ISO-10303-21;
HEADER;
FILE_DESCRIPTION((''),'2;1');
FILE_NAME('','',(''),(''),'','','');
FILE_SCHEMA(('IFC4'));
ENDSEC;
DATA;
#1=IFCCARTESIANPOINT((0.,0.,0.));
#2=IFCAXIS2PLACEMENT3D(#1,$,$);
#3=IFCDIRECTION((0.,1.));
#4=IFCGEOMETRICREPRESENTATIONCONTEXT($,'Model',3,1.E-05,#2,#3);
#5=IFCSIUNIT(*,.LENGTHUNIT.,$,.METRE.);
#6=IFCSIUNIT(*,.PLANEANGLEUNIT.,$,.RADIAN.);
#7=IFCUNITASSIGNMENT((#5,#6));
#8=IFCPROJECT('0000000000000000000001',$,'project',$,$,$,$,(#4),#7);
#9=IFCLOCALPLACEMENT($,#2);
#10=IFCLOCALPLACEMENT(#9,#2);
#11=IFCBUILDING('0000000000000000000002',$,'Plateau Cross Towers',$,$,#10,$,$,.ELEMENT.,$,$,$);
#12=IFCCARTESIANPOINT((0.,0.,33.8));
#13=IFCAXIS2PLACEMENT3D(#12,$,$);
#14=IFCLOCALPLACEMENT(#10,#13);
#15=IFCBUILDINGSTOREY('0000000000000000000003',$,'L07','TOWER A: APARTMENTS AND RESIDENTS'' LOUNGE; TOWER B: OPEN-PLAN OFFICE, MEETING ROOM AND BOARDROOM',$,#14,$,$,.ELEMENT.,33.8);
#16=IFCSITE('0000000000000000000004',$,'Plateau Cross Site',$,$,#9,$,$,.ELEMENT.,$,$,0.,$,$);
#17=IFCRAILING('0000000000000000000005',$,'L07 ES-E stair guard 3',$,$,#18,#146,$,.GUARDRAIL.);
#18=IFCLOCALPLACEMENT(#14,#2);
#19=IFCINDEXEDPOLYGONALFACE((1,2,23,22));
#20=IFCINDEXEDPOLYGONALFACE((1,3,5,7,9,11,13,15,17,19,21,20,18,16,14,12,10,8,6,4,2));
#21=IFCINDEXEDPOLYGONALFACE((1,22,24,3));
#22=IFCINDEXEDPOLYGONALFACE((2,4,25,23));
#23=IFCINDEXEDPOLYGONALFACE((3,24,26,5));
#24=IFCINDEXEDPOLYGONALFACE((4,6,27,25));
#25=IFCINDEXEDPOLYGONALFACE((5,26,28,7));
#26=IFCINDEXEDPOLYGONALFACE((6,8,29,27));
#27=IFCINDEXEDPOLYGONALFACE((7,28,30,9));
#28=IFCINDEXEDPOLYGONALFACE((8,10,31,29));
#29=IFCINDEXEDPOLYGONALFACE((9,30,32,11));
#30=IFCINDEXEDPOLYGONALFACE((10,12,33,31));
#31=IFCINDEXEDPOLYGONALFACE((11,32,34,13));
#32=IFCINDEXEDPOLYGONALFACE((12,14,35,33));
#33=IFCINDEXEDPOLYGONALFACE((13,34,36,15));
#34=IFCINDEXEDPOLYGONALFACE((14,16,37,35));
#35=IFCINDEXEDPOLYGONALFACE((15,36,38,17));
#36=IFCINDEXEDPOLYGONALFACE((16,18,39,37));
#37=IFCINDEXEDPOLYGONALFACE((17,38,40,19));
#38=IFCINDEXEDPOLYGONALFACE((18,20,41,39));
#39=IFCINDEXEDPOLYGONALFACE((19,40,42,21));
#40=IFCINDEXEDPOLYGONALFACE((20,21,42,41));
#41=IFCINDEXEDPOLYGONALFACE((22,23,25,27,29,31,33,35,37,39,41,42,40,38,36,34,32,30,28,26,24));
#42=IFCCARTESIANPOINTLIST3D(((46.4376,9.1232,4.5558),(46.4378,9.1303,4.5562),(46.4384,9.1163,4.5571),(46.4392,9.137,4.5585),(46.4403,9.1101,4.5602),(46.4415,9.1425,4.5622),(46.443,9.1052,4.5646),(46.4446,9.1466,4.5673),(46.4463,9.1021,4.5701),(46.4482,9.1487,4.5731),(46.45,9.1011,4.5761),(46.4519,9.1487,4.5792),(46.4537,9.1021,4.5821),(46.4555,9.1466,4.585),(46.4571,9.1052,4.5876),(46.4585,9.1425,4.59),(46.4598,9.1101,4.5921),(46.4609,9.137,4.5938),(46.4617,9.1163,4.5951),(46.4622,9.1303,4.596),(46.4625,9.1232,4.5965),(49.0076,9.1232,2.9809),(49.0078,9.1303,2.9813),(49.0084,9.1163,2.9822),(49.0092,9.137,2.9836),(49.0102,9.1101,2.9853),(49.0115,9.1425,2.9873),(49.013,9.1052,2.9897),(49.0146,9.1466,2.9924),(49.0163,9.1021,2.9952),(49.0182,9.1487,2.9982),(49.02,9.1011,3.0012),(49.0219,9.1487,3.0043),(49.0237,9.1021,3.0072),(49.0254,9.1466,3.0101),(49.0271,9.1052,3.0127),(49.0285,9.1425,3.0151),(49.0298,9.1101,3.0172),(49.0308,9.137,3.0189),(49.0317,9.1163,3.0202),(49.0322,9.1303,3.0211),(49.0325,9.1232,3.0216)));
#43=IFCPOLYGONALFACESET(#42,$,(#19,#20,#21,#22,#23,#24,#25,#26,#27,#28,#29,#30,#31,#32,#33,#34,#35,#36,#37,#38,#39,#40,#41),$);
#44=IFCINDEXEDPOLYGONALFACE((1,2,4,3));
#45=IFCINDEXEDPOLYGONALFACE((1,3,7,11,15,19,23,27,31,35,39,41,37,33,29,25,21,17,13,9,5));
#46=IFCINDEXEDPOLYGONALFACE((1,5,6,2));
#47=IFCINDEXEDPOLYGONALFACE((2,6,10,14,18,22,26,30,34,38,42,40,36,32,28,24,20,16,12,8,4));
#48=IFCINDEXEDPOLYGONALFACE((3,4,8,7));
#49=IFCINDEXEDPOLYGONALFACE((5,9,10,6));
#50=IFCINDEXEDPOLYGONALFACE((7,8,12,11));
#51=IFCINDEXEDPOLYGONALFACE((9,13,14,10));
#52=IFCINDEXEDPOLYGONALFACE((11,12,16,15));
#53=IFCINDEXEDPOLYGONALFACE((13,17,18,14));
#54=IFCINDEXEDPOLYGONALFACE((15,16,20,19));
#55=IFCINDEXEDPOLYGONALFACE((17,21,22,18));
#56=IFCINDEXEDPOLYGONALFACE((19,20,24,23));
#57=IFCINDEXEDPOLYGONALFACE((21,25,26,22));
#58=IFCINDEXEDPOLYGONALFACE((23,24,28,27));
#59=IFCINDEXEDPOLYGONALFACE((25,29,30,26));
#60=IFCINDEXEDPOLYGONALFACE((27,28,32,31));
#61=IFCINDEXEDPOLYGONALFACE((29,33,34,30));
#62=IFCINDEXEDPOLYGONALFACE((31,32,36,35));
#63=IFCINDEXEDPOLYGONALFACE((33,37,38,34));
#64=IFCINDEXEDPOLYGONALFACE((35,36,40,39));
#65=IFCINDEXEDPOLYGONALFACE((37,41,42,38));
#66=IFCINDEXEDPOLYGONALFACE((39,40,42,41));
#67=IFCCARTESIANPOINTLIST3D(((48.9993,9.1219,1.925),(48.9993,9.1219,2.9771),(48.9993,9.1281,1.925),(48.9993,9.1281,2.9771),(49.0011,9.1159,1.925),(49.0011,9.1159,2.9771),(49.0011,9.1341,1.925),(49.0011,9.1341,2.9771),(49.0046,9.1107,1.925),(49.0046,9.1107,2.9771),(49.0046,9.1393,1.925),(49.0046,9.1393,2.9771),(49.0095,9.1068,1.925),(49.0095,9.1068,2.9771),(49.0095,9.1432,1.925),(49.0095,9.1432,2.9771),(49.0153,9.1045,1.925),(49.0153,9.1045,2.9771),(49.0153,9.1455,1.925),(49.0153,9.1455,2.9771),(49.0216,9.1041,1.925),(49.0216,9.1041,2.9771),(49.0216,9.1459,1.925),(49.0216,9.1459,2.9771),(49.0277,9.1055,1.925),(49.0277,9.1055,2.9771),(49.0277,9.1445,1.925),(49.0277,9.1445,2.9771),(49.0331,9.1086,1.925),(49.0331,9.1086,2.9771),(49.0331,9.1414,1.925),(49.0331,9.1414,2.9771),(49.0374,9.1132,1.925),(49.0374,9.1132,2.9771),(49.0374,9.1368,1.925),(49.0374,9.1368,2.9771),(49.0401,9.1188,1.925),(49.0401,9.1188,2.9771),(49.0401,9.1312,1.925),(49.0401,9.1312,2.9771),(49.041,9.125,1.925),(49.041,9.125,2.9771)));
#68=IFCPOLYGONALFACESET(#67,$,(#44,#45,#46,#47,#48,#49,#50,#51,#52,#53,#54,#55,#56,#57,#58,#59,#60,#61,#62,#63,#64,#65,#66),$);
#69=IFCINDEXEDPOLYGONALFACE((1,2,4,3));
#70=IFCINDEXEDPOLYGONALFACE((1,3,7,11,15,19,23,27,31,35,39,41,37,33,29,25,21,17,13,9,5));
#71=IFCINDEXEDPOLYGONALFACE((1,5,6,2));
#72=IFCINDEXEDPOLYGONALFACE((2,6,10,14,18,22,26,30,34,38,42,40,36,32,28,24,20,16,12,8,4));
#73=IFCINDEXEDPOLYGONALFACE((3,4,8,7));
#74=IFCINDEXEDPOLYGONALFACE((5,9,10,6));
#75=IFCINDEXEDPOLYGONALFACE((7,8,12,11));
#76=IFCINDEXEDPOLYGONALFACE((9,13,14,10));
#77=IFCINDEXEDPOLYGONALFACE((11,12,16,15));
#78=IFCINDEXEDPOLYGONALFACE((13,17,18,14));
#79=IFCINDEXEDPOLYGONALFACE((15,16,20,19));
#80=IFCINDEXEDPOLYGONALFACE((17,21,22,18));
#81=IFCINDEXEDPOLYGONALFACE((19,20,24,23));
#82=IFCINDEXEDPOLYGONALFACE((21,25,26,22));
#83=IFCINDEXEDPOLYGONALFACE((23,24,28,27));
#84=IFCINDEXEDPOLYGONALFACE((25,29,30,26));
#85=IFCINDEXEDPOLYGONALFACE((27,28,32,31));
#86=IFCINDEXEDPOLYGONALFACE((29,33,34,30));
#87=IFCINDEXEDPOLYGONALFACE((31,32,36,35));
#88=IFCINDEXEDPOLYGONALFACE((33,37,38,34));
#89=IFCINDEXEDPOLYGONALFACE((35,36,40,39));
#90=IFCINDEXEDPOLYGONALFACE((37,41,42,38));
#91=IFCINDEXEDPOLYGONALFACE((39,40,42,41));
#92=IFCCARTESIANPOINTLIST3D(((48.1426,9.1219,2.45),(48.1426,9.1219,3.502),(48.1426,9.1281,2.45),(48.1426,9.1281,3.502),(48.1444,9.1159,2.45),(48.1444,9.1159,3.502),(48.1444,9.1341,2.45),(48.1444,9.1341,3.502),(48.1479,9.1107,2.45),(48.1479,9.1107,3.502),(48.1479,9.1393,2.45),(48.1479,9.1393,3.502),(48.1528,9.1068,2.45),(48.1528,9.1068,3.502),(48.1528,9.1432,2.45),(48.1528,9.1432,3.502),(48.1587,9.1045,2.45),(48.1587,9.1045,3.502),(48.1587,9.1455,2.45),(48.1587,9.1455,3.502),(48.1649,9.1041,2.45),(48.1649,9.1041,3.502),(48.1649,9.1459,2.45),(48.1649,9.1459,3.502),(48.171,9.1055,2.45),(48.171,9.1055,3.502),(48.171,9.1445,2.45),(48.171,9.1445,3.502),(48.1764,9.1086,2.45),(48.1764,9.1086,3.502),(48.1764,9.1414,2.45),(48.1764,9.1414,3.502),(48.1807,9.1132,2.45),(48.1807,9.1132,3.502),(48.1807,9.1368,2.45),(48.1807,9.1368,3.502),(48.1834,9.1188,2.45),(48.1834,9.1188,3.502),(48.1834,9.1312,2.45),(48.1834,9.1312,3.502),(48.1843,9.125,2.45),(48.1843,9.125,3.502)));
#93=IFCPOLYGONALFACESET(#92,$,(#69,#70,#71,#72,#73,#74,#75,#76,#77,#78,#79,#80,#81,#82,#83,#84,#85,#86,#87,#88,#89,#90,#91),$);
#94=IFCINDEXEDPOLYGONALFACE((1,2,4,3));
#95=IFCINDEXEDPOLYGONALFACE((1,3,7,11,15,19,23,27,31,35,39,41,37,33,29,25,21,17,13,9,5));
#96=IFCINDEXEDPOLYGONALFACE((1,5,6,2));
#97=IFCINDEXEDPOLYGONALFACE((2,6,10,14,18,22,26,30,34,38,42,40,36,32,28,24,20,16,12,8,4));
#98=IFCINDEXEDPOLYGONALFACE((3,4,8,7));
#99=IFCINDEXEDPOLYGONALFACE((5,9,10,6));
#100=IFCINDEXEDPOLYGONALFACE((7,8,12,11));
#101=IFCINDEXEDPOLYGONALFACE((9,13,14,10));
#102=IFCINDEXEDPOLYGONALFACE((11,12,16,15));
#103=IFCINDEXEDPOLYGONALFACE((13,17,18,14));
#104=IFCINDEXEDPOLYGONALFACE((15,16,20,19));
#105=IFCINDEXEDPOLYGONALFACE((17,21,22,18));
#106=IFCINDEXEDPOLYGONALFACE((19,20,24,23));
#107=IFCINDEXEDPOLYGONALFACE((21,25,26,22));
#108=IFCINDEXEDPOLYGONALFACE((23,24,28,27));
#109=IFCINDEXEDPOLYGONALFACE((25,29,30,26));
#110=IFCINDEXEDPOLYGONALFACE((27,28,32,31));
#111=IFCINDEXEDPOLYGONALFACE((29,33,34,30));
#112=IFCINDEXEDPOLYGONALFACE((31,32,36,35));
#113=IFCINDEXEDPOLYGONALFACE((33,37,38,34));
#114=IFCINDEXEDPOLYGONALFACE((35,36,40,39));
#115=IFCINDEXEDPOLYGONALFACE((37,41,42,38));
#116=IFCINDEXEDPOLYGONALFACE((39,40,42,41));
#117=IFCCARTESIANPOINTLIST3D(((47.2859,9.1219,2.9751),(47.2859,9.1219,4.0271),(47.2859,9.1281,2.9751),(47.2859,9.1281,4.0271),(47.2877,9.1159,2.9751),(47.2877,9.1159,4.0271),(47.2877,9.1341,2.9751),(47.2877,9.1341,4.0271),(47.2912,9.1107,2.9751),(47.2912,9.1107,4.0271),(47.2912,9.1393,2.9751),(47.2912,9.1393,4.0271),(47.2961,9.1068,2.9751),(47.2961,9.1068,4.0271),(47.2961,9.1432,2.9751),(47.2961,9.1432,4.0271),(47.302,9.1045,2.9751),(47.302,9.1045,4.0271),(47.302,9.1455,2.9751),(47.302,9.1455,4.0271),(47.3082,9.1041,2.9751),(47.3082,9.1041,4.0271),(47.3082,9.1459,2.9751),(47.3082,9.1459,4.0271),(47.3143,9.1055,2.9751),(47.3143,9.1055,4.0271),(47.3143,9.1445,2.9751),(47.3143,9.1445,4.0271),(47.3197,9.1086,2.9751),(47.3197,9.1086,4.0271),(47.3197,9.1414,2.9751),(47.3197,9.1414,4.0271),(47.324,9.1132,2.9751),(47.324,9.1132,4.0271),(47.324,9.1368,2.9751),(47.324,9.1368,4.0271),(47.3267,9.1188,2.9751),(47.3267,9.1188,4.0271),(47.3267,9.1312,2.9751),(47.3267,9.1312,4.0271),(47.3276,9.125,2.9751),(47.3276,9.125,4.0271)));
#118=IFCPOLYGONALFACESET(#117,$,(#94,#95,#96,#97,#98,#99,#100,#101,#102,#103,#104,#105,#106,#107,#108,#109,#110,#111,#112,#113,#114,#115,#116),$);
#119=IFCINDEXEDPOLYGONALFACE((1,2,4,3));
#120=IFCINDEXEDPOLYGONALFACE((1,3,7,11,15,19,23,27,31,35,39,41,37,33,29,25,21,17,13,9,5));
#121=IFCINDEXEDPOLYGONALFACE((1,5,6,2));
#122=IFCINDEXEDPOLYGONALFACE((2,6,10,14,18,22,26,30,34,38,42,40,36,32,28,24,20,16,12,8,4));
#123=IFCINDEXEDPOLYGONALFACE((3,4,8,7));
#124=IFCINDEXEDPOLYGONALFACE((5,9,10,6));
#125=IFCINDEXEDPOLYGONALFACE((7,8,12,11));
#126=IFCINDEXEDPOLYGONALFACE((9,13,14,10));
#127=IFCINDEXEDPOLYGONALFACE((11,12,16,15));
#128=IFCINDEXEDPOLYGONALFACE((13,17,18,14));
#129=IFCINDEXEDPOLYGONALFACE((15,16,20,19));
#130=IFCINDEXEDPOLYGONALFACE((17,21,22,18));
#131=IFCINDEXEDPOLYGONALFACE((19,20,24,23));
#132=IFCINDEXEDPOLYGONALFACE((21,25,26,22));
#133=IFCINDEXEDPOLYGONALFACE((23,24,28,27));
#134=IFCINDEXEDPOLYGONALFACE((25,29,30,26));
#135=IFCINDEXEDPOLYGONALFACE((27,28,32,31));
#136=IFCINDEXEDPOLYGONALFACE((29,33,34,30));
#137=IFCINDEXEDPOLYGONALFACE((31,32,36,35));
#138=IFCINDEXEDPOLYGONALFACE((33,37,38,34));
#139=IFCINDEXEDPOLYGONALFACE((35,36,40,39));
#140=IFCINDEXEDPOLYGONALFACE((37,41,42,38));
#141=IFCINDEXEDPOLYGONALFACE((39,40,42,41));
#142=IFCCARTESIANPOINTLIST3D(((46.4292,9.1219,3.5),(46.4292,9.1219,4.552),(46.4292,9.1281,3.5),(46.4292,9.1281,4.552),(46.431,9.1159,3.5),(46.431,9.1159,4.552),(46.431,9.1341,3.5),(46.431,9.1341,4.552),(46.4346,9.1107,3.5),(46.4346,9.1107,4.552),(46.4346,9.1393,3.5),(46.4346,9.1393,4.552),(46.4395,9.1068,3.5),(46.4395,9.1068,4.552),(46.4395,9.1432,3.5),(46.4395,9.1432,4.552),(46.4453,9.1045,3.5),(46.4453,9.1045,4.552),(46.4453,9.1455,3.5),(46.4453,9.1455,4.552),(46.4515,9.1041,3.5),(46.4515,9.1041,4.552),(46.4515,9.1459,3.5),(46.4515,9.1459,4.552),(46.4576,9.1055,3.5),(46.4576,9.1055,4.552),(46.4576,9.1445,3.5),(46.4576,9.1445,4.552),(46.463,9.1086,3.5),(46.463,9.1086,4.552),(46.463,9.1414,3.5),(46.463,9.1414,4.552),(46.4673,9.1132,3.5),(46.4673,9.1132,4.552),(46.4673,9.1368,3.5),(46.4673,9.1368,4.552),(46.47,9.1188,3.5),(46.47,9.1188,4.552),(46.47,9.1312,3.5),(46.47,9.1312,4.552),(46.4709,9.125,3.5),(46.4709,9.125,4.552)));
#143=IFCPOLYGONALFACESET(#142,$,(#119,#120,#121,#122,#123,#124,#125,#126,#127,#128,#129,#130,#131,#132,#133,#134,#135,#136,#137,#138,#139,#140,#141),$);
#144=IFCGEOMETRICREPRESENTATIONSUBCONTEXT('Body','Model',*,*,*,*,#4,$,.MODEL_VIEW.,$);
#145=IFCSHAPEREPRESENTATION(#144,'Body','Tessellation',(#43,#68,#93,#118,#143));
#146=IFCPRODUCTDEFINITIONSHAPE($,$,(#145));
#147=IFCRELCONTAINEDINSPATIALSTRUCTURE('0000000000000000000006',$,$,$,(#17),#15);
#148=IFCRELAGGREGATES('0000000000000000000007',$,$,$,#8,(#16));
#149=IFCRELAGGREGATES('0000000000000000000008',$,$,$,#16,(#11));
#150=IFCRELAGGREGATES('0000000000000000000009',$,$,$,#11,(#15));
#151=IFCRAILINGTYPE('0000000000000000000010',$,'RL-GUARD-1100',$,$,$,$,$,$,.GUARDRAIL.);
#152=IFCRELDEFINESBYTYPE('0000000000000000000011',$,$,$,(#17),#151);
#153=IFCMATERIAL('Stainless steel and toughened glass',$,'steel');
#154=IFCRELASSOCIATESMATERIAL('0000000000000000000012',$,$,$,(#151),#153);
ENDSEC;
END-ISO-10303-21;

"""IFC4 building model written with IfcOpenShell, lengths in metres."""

from ifc_helpers import new_model, si_unit, direction, frame, origin, origin_2d, place, context, subcontext, project, spatial, circle, extrude, material, type_object, element, save


model = new_model("IFC4")

# Units and contexts
model_context = context("Model", 3, precision=1e-05, world=origin(), true_north=direction((0.0, 1.0)))
body_context = subcontext(model_context, "Body", "Model", "MODEL_VIEW")
ifc_project = project(units=[si_unit("LENGTHUNIT", "METRE"), si_unit("PLANEANGLEUNIT", "RADIAN")], contexts=[model_context])

# Site, building, storey
site_placement = place(None, origin())
site = spatial("IfcSite", under=ifc_project, at=site_placement, Name="Plateau Cross Site", CompositionType="ELEMENT", RefElevation=0.0)
building_placement = place(site_placement, origin())
building = spatial("IfcBuilding", under=site, at=building_placement, Name="Plateau Cross Towers", CompositionType="ELEMENT")
storey_placement = place(building_placement, frame((0.0, 0.0, 33.8)))
storey = spatial("IfcBuildingStorey", under=building, at=storey_placement, Name="L07", Description="TOWER A: APARTMENTS AND RESIDENTS' LOUNGE; TOWER B: OPEN-PLAN OFFICE, MEETING ROOM AND BOARDROOM", CompositionType="ELEMENT", Elevation=33.8)

# Railing
ifc_material_1 = material(Name="Stainless steel and toughened glass", Category="steel")
railing_type_1 = type_object("IfcRailingType", Name="RL-GUARD-1100", PredefinedType="GUARDRAIL", material=ifc_material_1)
railing_1_placement = place(storey_placement, frame((49.02, 9.125, 1.925)))
element("IfcRailing", 1, at=railing_1_placement, inside=storey, type_object=railing_type_1, Name="L07 ES-E stair guard 3", PredefinedType="GUARDRAIL", context=body_context, shape_type="SweptSolid", body=[
    extrude(circle(Radius=0.0239, at=origin_2d()), frame((0.0, 0.0, 1.0762), z_axis=(-0.852639, 0.0, 0.522501), x_axis=(0.0, -1.0, 0.0)), (0.0, 0.0, 1.0), 3.0142),
    extrude(circle(Radius=0.021, at=origin_2d()), origin(), (0.0, 0.0, 1.0), 1.052),
    extrude(circle(Radius=0.021, at=origin_2d()), frame((-0.8567, 0.0, 0.5249)), (0.0, 0.0, 1.0), 1.052),
    extrude(circle(Radius=0.021, at=origin_2d()), frame((-1.7134, 0.0, 1.05)), (0.0, 0.0, 1.0), 1.052),
    extrude(circle(Radius=0.021, at=origin_2d()), frame((-2.5701, 0.0, 1.575)), (0.0, 0.0, 1.0), 1.052),
])

save(model, "model.ifc")
